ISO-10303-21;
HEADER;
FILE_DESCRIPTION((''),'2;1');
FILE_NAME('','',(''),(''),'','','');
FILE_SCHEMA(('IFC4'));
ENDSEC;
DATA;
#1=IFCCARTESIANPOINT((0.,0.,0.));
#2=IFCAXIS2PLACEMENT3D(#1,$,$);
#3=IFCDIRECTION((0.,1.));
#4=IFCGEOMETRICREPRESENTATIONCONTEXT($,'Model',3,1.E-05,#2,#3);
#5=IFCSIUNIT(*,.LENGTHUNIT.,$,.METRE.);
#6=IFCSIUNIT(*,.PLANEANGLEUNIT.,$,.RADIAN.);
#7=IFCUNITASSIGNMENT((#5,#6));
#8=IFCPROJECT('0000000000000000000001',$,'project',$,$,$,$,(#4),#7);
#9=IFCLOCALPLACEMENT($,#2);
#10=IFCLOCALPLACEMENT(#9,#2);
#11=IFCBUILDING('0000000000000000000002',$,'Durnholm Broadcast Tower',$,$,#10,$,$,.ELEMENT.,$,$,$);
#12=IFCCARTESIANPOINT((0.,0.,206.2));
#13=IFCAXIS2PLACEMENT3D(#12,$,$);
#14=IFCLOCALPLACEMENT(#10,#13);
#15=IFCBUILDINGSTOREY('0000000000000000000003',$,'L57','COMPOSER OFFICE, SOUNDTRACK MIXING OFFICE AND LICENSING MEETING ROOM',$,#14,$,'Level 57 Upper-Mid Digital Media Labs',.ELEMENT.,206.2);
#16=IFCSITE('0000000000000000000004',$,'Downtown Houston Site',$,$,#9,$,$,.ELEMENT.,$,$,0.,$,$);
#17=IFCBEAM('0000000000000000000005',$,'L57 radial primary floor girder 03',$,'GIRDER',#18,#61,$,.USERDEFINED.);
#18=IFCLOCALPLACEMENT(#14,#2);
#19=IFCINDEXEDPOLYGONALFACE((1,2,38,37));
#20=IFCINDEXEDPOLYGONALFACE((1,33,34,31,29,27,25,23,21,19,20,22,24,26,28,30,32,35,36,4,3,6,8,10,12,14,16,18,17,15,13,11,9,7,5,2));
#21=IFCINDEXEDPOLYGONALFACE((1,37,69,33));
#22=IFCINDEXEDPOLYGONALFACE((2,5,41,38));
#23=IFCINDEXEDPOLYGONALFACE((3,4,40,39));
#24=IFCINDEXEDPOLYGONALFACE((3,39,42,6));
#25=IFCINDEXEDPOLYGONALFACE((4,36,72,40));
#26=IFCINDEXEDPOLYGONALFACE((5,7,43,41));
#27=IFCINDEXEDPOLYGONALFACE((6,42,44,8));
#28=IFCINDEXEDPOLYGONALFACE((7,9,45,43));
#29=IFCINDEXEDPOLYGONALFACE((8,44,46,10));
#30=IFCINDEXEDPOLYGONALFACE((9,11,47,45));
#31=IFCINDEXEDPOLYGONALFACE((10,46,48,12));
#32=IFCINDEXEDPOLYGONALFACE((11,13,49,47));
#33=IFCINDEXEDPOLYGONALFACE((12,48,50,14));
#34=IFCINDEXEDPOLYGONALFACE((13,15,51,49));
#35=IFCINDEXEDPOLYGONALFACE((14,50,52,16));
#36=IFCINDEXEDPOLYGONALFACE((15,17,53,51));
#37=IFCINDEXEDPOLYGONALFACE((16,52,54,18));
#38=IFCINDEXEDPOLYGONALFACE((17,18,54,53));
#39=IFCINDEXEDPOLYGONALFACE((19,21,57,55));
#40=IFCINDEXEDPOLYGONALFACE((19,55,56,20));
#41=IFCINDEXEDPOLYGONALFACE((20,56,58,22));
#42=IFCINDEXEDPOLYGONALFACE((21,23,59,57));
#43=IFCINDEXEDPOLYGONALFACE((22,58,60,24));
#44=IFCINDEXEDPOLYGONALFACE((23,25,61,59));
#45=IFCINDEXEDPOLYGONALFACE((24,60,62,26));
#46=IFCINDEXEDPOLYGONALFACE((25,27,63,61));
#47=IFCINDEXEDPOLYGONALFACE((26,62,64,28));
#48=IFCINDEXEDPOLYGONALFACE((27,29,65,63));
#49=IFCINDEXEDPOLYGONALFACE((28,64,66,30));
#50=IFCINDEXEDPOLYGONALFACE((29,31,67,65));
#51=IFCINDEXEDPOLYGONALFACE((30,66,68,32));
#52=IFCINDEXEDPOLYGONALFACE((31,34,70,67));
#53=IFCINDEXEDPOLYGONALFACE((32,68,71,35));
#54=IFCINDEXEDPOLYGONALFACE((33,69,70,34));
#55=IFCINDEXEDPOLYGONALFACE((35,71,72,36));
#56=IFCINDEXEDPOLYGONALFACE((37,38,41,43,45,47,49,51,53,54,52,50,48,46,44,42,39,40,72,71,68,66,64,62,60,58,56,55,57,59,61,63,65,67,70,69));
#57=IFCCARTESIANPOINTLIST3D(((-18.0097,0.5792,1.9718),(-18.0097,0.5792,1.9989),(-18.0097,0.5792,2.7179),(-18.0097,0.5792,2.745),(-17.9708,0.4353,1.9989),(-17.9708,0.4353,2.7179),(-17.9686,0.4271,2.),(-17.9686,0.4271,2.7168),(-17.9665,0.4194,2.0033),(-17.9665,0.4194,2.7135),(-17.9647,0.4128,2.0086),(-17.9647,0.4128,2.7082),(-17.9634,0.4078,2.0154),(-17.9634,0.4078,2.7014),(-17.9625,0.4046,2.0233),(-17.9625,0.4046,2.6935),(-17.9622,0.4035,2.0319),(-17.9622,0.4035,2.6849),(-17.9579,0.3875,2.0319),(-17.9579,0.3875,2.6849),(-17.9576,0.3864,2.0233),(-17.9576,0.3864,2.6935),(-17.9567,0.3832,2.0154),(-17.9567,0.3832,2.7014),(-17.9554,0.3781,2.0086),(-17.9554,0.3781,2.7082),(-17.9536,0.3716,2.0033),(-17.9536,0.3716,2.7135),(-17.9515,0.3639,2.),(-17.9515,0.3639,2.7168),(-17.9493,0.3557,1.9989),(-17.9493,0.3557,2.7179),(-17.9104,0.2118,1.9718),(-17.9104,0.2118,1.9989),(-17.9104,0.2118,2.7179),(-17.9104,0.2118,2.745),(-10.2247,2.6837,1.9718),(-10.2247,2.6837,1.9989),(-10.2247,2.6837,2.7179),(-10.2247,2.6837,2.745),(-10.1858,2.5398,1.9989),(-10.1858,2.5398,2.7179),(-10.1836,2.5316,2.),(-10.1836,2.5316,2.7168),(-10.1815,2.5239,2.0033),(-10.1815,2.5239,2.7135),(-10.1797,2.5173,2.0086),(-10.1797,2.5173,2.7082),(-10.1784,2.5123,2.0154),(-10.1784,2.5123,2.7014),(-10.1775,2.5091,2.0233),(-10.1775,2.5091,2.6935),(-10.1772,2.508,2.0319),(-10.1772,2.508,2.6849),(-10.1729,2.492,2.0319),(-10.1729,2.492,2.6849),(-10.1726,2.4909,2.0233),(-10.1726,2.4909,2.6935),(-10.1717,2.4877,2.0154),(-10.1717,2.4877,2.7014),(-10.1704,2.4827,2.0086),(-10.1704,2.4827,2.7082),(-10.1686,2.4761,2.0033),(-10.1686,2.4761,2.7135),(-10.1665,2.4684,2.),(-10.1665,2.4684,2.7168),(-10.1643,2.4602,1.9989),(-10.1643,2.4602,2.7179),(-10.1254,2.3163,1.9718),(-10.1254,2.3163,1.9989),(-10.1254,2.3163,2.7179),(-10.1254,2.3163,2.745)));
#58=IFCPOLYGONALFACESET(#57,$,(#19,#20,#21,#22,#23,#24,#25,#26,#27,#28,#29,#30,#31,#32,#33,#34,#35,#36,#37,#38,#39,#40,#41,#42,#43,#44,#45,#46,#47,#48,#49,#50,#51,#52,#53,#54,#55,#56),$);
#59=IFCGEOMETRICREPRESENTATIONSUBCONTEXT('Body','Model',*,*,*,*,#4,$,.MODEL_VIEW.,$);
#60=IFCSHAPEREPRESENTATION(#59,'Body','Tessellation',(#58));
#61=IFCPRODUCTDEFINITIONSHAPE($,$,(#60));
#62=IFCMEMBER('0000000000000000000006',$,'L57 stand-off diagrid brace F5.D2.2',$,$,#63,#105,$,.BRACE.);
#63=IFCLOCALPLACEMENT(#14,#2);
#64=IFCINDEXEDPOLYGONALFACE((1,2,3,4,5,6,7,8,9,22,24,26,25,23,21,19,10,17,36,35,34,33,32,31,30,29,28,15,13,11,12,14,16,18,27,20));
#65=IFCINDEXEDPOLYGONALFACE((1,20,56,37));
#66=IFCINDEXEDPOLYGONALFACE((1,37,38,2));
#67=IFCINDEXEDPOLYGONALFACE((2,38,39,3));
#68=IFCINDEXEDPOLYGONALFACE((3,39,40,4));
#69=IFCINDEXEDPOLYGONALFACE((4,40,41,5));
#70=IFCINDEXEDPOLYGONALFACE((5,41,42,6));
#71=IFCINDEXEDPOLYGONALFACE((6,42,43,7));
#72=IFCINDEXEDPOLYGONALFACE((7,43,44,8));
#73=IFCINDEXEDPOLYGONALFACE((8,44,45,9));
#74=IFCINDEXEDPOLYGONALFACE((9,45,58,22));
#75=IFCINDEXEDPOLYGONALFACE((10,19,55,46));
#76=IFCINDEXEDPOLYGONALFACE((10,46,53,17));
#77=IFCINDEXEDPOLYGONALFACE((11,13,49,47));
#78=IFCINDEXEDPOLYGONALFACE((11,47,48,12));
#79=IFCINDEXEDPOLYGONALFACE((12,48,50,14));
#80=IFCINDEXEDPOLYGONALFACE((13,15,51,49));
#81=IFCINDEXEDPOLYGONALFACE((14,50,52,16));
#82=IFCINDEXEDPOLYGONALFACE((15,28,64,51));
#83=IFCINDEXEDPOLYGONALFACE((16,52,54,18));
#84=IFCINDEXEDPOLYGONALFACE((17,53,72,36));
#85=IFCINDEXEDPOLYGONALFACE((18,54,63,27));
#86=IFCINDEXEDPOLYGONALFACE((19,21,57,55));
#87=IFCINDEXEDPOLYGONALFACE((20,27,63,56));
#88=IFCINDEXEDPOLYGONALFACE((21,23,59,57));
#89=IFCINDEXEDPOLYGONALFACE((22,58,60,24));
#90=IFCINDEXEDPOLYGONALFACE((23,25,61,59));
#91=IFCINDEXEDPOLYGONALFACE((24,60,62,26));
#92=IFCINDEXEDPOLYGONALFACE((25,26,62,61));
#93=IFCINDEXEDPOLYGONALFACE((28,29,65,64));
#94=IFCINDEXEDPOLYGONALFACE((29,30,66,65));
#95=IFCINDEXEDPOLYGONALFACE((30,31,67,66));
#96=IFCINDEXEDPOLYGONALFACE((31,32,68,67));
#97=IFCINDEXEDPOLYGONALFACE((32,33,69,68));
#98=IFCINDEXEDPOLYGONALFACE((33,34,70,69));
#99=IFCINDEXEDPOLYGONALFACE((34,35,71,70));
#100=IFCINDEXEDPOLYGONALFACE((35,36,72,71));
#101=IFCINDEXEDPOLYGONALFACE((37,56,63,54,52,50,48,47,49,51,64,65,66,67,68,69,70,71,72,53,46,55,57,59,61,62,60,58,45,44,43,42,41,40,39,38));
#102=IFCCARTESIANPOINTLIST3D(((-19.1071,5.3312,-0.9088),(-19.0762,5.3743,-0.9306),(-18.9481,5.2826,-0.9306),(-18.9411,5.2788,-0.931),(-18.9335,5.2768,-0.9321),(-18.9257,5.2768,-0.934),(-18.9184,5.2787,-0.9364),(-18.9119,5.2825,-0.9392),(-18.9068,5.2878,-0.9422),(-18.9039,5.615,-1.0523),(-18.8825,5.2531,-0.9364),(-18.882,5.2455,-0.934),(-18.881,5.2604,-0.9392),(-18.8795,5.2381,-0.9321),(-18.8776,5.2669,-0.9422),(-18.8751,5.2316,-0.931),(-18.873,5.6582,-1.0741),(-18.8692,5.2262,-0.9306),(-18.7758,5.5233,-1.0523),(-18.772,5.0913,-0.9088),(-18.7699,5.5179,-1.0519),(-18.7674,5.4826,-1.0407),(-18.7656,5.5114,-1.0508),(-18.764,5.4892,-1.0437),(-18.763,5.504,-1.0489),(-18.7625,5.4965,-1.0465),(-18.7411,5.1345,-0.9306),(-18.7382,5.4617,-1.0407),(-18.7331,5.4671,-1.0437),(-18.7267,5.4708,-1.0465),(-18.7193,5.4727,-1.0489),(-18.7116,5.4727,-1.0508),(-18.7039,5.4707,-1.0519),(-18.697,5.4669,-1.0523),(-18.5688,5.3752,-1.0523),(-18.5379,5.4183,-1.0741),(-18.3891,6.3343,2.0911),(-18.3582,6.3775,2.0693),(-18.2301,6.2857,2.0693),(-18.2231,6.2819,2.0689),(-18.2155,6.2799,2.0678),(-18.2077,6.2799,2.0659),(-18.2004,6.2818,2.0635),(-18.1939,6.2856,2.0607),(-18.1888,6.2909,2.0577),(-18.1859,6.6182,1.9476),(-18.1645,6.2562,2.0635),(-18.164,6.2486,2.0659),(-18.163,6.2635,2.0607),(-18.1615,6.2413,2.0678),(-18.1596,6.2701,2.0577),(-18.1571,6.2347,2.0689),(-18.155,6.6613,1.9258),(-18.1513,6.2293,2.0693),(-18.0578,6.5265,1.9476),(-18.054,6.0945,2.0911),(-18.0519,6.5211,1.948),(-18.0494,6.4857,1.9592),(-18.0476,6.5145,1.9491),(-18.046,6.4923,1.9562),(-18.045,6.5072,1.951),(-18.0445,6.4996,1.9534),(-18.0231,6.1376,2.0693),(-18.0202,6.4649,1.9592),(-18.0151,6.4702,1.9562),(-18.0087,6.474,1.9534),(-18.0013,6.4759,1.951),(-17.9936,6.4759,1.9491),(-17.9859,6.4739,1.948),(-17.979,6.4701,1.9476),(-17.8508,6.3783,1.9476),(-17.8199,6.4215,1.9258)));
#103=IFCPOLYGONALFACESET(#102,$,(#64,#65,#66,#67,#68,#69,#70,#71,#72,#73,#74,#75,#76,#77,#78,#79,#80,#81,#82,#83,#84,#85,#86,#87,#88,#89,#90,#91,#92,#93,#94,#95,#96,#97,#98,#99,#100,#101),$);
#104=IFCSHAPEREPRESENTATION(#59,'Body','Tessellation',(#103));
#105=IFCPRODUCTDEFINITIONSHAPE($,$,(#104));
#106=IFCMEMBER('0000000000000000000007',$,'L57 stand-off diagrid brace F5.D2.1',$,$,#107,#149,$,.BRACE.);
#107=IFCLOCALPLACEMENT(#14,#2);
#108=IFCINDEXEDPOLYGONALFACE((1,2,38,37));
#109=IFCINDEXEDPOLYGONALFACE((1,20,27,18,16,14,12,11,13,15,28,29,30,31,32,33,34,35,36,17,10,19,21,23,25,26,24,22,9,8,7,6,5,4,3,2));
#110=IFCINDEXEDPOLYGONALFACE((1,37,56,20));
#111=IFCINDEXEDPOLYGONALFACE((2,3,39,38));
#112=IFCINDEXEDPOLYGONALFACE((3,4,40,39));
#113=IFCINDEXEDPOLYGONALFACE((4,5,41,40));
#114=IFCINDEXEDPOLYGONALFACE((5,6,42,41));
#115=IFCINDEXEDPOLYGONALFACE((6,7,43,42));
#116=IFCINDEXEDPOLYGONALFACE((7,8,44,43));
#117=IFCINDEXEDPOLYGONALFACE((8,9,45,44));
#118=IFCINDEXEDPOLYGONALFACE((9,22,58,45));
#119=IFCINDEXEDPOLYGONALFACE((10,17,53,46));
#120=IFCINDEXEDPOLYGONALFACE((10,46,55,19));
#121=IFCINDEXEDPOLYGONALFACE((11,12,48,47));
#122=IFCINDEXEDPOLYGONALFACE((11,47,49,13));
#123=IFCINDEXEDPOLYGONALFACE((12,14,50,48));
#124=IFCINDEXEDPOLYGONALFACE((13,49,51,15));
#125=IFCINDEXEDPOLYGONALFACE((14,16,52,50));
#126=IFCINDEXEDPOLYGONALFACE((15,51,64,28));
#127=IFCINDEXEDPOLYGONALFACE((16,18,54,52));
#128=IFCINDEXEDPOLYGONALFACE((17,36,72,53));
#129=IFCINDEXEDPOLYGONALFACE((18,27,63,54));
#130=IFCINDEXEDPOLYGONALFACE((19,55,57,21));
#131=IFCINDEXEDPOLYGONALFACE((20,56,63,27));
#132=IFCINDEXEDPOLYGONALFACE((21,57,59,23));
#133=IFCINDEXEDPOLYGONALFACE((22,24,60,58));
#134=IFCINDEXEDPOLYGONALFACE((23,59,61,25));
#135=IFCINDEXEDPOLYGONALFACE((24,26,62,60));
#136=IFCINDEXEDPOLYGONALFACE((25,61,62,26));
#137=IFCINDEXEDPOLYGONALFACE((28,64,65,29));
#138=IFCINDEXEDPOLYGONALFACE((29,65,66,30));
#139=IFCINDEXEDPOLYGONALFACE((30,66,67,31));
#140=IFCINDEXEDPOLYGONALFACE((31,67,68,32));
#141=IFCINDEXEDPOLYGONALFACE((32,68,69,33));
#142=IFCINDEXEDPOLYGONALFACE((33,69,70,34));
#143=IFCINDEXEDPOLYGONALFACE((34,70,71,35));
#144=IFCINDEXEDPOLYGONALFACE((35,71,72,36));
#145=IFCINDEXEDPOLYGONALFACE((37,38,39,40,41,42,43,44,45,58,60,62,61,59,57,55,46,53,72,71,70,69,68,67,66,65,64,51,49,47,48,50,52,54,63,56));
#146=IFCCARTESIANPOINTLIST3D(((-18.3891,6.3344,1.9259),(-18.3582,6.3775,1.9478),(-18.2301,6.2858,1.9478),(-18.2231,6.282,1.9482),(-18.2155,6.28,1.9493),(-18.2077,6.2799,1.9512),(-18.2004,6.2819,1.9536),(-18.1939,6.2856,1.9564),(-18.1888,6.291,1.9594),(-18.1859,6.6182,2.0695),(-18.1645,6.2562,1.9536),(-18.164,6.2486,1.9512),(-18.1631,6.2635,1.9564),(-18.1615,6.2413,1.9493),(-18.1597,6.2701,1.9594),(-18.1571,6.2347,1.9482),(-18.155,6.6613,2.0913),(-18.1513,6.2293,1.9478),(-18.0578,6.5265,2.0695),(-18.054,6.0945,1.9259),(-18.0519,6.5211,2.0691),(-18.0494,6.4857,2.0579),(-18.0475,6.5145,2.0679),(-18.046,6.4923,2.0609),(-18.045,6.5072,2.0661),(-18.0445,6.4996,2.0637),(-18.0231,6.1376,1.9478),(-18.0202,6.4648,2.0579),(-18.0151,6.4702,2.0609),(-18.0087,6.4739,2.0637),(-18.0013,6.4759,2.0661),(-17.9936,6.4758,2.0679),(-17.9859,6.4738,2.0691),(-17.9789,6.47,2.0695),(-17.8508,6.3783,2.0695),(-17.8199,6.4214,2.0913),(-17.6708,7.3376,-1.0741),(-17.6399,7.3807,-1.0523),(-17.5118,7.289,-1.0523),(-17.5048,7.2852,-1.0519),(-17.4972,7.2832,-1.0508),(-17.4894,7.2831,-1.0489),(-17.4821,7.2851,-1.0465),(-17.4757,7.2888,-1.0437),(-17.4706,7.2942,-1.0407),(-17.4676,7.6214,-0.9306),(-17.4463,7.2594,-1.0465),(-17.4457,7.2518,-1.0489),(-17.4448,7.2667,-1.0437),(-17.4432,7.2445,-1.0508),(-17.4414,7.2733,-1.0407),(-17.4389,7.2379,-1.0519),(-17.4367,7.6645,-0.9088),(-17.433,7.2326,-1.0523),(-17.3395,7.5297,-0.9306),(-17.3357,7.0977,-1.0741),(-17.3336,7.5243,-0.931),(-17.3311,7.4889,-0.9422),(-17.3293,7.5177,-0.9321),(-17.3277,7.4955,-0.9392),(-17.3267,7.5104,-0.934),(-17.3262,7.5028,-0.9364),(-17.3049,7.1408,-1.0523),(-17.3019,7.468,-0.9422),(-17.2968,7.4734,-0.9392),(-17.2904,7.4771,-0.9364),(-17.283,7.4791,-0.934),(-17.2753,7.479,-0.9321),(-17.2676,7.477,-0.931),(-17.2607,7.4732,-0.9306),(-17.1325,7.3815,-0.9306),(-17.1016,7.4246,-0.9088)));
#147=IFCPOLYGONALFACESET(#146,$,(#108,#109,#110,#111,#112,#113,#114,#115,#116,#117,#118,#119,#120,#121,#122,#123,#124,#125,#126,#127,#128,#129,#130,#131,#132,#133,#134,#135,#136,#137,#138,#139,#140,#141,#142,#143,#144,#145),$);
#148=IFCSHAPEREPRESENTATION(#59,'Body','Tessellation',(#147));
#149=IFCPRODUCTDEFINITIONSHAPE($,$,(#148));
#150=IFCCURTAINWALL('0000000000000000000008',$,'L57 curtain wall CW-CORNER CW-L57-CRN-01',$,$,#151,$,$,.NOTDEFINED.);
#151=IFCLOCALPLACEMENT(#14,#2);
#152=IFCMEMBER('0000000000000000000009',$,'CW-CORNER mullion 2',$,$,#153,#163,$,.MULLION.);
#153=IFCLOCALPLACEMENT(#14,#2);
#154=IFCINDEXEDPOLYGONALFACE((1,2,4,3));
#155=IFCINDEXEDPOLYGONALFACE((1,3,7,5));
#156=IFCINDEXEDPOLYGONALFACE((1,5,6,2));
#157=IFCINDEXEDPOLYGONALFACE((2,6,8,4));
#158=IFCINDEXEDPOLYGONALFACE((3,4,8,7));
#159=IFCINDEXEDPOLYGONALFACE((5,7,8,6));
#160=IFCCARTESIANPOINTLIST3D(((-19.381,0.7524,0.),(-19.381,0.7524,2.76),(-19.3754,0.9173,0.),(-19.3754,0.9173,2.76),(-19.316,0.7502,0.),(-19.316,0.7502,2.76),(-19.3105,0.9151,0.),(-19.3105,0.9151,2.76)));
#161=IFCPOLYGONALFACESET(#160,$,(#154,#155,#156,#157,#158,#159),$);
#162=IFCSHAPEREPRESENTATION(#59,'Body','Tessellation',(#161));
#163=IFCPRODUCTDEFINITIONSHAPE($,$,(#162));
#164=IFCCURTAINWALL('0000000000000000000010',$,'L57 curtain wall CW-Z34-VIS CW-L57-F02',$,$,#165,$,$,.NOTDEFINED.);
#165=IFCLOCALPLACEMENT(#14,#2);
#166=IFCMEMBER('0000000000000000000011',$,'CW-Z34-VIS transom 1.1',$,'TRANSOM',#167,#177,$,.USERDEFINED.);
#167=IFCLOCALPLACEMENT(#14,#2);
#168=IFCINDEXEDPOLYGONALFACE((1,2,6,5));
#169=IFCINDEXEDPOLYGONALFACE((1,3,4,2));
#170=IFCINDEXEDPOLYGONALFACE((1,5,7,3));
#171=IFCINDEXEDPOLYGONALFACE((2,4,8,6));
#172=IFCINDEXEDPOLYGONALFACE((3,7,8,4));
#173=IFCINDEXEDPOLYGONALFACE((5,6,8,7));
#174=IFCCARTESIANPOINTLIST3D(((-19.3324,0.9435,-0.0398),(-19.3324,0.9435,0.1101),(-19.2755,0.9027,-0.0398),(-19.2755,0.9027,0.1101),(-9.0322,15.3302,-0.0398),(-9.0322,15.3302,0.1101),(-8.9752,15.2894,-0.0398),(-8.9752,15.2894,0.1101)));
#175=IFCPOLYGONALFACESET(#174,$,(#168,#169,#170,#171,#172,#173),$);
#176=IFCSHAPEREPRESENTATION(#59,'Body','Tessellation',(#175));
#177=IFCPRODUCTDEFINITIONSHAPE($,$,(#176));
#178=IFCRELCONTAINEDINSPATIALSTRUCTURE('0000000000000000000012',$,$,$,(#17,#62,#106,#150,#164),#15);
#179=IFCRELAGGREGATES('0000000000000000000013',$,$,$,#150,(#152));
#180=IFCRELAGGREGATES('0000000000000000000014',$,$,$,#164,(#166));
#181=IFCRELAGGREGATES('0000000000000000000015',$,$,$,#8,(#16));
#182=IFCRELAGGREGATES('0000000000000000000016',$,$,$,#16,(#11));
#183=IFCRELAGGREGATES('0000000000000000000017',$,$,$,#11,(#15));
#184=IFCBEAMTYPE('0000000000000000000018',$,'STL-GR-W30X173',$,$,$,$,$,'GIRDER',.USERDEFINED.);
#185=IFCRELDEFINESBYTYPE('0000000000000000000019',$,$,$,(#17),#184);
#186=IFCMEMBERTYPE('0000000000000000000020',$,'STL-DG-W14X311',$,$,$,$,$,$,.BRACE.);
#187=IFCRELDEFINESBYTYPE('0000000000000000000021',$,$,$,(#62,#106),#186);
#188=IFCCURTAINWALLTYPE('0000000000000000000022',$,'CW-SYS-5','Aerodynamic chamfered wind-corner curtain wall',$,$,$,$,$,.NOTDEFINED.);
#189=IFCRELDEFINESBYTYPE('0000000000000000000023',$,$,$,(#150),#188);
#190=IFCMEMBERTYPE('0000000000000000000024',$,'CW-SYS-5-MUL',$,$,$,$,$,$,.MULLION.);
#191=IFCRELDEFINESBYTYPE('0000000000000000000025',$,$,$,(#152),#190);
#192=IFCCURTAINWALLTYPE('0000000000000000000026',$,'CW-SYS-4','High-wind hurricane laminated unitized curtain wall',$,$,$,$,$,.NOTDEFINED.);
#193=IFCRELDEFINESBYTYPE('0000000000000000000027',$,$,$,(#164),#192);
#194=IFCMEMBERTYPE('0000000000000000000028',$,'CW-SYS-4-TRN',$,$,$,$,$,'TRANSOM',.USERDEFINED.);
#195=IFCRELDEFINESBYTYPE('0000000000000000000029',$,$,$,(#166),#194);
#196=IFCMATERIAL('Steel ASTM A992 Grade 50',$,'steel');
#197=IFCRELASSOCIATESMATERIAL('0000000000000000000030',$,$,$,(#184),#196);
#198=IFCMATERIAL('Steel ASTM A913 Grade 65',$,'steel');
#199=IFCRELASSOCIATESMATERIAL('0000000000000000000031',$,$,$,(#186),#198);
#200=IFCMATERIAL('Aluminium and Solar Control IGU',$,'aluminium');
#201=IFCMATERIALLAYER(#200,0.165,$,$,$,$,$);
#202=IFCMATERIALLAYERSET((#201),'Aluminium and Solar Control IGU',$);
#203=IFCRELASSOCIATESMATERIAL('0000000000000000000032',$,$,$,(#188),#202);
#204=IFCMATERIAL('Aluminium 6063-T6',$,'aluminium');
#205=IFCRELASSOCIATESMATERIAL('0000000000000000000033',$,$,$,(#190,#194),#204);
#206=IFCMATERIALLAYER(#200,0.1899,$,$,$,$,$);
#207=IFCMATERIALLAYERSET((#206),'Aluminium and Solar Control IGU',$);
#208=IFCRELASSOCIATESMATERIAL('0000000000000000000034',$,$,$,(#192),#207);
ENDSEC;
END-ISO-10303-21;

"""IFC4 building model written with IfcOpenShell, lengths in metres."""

from ifc_helpers import new_model, si_unit, direction, frame, origin, origin_2d, place, context, subcontext, project, spatial, rectangle, i_section, extrude, source, transform, mapped, material, layer, layer_set, material_profile, profile_set, type_object, type_shapes, element, aggregate, save


model = new_model("IFC4")

# Units and contexts
model_context = context("Model", 3, precision=1e-05, world=origin(), true_north=direction((0.0, 1.0)))
body_context = subcontext(model_context, "Body", "Model", "MODEL_VIEW")
ifc_project = project(units=[si_unit("LENGTHUNIT", "METRE"), si_unit("PLANEANGLEUNIT", "RADIAN")], contexts=[model_context])

# Site, building, storey
site_placement = place(None, origin())
site = spatial("IfcSite", under=ifc_project, at=site_placement, Name="Downtown Houston Site", CompositionType="ELEMENT", RefElevation=0.0)
building_placement = place(site_placement, origin())
building = spatial("IfcBuilding", under=site, at=building_placement, Name="Durnholm Broadcast Tower", CompositionType="ELEMENT")
storey_placement = place(building_placement, frame((0.0, 0.0, 206.2)))
storey = spatial("IfcBuildingStorey", under=building, at=storey_placement, Name="L57", Description="COMPOSER OFFICE, SOUNDTRACK MIXING OFFICE AND LICENSING MEETING ROOM", LongName="Level 57 Upper-Mid Digital Media Labs", CompositionType="ELEMENT", Elevation=206.2)

# Beam
ifc_material_1 = material(Name="Steel ASTM A992 Grade 50", Category="steel")
ifc_material_profile_1 = material_profile(ifc_material_1, i_section(OverallWidth=0.3806, OverallDepth=0.7732, WebThickness=0.0166, FlangeThickness=0.0271, FilletRadius=0.033, at=origin_2d()), Name="W30X173")
ifc_profile_set_1 = profile_set([ifc_material_profile_1], Name="Steel ASTM A992 Grade 50")
beam_type_1 = type_object("IfcBeamType", Name="STL-GR-W30X173", ElementType="GIRDER", PredefinedType="USERDEFINED", material=ifc_profile_set_1)
shared_shape_1 = source(origin(), body_context, "Body", "SweptSolid", [
    extrude(i_section(OverallWidth=0.3806, OverallDepth=0.7732, WebThickness=0.0166, FlangeThickness=0.0271, FilletRadius=0.033, at=origin_2d()), origin(), (0.0, 0.0, 1.0), 8.0645),
])
beam_1_placement = place(storey_placement, frame((-10.175, 2.5, 2.3584), z_axis=(-0.965349, -0.260962, 0.0), x_axis=(0.260962, -0.965349, 0.0)))
element("IfcBeam", 1, at=beam_1_placement, inside=storey, type_object=beam_type_1, Name="L57 radial primary floor girder 03", ObjectType="GIRDER", PredefinedType="USERDEFINED", context=body_context, shape_type="MappedRepresentation", body=[
    mapped(shared_shape_1, transform((0.0, 0.0, 0.0), x_axis=(1.0, 0.0, 0.0), y_axis=(0.0, 1.0, 0.0), z_axis=(0.0, 0.0, 1.0), scale=1.0)),
])

# Members
ifc_material_2 = material(Name="Steel ASTM A913 Grade 65", Category="steel")
ifc_material_profile_2 = material_profile(ifc_material_2, i_section(OverallWidth=0.4121, OverallDepth=0.4348, WebThickness=0.0359, FlangeThickness=0.0574, FilletRadius=0.0305, at=origin_2d()), Name="W14X311")
ifc_profile_set_2 = profile_set([ifc_material_profile_2], Name="Steel ASTM A913 Grade 65")
member_type_1 = type_object("IfcMemberType", Name="STL-DG-W14X311", PredefinedType="BRACE", material=ifc_profile_set_2)
shared_shape_2 = source(origin(), body_context, "Body", "SweptSolid", [
    extrude(i_section(OverallWidth=0.4121, OverallDepth=0.4348, WebThickness=0.0359, FlangeThickness=0.0574, FilletRadius=0.0305, at=origin_2d()), origin(), (0.0, 0.0, 1.0), 3.2437),
])
member_1_placement = place(storey_placement, frame((-18.8225, 5.3748, -0.9915), z_axis=(0.221354, 0.309264, 0.924856), x_axis=(-0.813171, 0.582024, 0.0)))
element("IfcMember", 2, at=member_1_placement, inside=storey, type_object=member_type_1, Name="L57 stand-off diagrid brace F5.D2.2", PredefinedType="BRACE", context=body_context, shape_type="MappedRepresentation", body=[
    mapped(shared_shape_2, transform((0.0, 0.0, 0.0), x_axis=(1.0, 0.0, 0.0), y_axis=(0.0, 1.0, 0.0), z_axis=(0.0, 0.0, 1.0), scale=1.0)),
])
shared_shape_3 = source(origin(), body_context, "Body", "SweptSolid", [
    extrude(i_section(OverallWidth=0.4121, OverallDepth=0.4348, WebThickness=0.0359, FlangeThickness=0.0574, FilletRadius=0.0305, at=origin_2d()), origin(), (0.0, 0.0, 1.0), 3.2439),
])
type_shapes(member_type_1, [shared_shape_2, shared_shape_3])
member_2_placement = place(storey_placement, frame((-17.3862, 7.3811, -0.9915), z_axis=(-0.221426, -0.309259, 0.92484), x_axis=(0.813078, -0.582155, 0.0)))
element("IfcMember", 3, at=member_2_placement, inside=storey, type_object=member_type_1, Name="L57 stand-off diagrid brace F5.D2.1", PredefinedType="BRACE", context=body_context, shape_type="MappedRepresentation", body=[
    mapped(shared_shape_3, transform((0.0, 0.0, 0.0), x_axis=(1.0, 0.0, 0.0), y_axis=(0.0, 1.0, 0.0), z_axis=(0.0, 0.0, 1.0), scale=1.0)),
])

# Curtain wall, member
ifc_material_3 = material(Name="Aluminium and Solar Control IGU", Category="aluminium")
ifc_layer_1 = layer(ifc_material_3, 0.165)
ifc_layer_set_1 = layer_set([ifc_layer_1], Name="Aluminium and Solar Control IGU")
curtain_wall_type_1 = type_object("IfcCurtainWallType", Name="CW-SYS-5", Description="Aerodynamic chamfered wind-corner curtain wall", PredefinedType="NOTDEFINED", material=ifc_layer_set_1)
curtain_wall_1_placement = place(storey_placement, origin())
curtain_wall_1 = element("IfcCurtainWall", 4, at=curtain_wall_1_placement, inside=storey, type_object=curtain_wall_type_1, Name="L57 curtain wall CW-CORNER CW-L57-CRN-01", PredefinedType="NOTDEFINED")
ifc_material_4 = material(Name="Aluminium 6063-T6", Category="aluminium")
ifc_material_profile_3 = material_profile(ifc_material_4, rectangle(XDim=0.0649, YDim=0.165, at=origin_2d()), Name="CWM65X165")
ifc_profile_set_3 = profile_set([ifc_material_profile_3], Name="Aluminium 6063-T6")
member_type_2 = type_object("IfcMemberType", Name="CW-SYS-5-MUL", PredefinedType="MULLION", material=ifc_profile_set_3)
shared_shape_4 = source(origin(), body_context, "Body", "SweptSolid", [
    extrude(rectangle(XDim=0.0649, YDim=0.165, at=origin_2d()), origin(), (0.0, 0.0, 1.0), 2.76),
])
type_shapes(member_type_2, [shared_shape_4])
member_3_placement = place(storey_placement, frame((-19.3457, 0.8337, 0.0), z_axis=(0.0, 0.0, 1.0), x_axis=(-0.999425, 0.033913, 0.0)))
member_3 = element("IfcMember", 5, at=member_3_placement, type_object=member_type_2, Name="CW-CORNER mullion 2", PredefinedType="MULLION", context=body_context, shape_type="MappedRepresentation", body=[
    mapped(shared_shape_4, transform((0.0, 0.0, 0.0), x_axis=(1.0, 0.0, 0.0), y_axis=(0.0, 1.0, 0.0), z_axis=(0.0, 0.0, 1.0), scale=1.0)),
])
aggregate(curtain_wall_1, [member_3])

# Curtain wall, member
ifc_layer_2 = layer(ifc_material_3, 0.1899)
ifc_layer_set_2 = layer_set([ifc_layer_2], Name="Aluminium and Solar Control IGU")
curtain_wall_type_2 = type_object("IfcCurtainWallType", Name="CW-SYS-4", Description="High-wind hurricane laminated unitized curtain wall", PredefinedType="NOTDEFINED", material=ifc_layer_set_2)
curtain_wall_2_placement = place(storey_placement, origin())
curtain_wall_2 = element("IfcCurtainWall", 6, at=curtain_wall_2_placement, inside=storey, type_object=curtain_wall_type_2, Name="L57 curtain wall CW-Z34-VIS CW-L57-F02", PredefinedType="NOTDEFINED")
ifc_material_profile_4 = material_profile(ifc_material_4, rectangle(XDim=0.0701, YDim=0.1499, at=origin_2d()), Name="CWT70X150")
ifc_profile_set_4 = profile_set([ifc_material_profile_4], Name="Aluminium 6063-T6")
member_type_3 = type_object("IfcMemberType", Name="CW-SYS-4-TRN", ElementType="TRANSOM", PredefinedType="USERDEFINED", material=ifc_profile_set_4)
shared_shape_5 = source(origin(), body_context, "Body", "SweptSolid", [
    extrude(rectangle(XDim=0.0701, YDim=0.1499, at=origin_2d()), origin(), (0.0, 0.0, 1.0), 17.6938),
])
type_shapes(member_type_3, [shared_shape_5])
member_4_placement = place(storey_placement, frame((-19.304, 0.9231, 0.0352), z_axis=(0.582138, 0.81309, 0.0), x_axis=(-0.81309, 0.582138, 0.0)))
member_4 = element("IfcMember", 7, at=member_4_placement, type_object=member_type_3, Name="CW-Z34-VIS transom 1.1", ObjectType="TRANSOM", PredefinedType="USERDEFINED", context=body_context, shape_type="MappedRepresentation", body=[
    mapped(shared_shape_5, transform((0.0, 0.0, 0.0), x_axis=(1.0, 0.0, 0.0), y_axis=(0.0, 1.0, 0.0), z_axis=(0.0, 0.0, 1.0), scale=1.0)),
])

aggregate(curtain_wall_2, [member_4])

save(model, "model.ifc")
